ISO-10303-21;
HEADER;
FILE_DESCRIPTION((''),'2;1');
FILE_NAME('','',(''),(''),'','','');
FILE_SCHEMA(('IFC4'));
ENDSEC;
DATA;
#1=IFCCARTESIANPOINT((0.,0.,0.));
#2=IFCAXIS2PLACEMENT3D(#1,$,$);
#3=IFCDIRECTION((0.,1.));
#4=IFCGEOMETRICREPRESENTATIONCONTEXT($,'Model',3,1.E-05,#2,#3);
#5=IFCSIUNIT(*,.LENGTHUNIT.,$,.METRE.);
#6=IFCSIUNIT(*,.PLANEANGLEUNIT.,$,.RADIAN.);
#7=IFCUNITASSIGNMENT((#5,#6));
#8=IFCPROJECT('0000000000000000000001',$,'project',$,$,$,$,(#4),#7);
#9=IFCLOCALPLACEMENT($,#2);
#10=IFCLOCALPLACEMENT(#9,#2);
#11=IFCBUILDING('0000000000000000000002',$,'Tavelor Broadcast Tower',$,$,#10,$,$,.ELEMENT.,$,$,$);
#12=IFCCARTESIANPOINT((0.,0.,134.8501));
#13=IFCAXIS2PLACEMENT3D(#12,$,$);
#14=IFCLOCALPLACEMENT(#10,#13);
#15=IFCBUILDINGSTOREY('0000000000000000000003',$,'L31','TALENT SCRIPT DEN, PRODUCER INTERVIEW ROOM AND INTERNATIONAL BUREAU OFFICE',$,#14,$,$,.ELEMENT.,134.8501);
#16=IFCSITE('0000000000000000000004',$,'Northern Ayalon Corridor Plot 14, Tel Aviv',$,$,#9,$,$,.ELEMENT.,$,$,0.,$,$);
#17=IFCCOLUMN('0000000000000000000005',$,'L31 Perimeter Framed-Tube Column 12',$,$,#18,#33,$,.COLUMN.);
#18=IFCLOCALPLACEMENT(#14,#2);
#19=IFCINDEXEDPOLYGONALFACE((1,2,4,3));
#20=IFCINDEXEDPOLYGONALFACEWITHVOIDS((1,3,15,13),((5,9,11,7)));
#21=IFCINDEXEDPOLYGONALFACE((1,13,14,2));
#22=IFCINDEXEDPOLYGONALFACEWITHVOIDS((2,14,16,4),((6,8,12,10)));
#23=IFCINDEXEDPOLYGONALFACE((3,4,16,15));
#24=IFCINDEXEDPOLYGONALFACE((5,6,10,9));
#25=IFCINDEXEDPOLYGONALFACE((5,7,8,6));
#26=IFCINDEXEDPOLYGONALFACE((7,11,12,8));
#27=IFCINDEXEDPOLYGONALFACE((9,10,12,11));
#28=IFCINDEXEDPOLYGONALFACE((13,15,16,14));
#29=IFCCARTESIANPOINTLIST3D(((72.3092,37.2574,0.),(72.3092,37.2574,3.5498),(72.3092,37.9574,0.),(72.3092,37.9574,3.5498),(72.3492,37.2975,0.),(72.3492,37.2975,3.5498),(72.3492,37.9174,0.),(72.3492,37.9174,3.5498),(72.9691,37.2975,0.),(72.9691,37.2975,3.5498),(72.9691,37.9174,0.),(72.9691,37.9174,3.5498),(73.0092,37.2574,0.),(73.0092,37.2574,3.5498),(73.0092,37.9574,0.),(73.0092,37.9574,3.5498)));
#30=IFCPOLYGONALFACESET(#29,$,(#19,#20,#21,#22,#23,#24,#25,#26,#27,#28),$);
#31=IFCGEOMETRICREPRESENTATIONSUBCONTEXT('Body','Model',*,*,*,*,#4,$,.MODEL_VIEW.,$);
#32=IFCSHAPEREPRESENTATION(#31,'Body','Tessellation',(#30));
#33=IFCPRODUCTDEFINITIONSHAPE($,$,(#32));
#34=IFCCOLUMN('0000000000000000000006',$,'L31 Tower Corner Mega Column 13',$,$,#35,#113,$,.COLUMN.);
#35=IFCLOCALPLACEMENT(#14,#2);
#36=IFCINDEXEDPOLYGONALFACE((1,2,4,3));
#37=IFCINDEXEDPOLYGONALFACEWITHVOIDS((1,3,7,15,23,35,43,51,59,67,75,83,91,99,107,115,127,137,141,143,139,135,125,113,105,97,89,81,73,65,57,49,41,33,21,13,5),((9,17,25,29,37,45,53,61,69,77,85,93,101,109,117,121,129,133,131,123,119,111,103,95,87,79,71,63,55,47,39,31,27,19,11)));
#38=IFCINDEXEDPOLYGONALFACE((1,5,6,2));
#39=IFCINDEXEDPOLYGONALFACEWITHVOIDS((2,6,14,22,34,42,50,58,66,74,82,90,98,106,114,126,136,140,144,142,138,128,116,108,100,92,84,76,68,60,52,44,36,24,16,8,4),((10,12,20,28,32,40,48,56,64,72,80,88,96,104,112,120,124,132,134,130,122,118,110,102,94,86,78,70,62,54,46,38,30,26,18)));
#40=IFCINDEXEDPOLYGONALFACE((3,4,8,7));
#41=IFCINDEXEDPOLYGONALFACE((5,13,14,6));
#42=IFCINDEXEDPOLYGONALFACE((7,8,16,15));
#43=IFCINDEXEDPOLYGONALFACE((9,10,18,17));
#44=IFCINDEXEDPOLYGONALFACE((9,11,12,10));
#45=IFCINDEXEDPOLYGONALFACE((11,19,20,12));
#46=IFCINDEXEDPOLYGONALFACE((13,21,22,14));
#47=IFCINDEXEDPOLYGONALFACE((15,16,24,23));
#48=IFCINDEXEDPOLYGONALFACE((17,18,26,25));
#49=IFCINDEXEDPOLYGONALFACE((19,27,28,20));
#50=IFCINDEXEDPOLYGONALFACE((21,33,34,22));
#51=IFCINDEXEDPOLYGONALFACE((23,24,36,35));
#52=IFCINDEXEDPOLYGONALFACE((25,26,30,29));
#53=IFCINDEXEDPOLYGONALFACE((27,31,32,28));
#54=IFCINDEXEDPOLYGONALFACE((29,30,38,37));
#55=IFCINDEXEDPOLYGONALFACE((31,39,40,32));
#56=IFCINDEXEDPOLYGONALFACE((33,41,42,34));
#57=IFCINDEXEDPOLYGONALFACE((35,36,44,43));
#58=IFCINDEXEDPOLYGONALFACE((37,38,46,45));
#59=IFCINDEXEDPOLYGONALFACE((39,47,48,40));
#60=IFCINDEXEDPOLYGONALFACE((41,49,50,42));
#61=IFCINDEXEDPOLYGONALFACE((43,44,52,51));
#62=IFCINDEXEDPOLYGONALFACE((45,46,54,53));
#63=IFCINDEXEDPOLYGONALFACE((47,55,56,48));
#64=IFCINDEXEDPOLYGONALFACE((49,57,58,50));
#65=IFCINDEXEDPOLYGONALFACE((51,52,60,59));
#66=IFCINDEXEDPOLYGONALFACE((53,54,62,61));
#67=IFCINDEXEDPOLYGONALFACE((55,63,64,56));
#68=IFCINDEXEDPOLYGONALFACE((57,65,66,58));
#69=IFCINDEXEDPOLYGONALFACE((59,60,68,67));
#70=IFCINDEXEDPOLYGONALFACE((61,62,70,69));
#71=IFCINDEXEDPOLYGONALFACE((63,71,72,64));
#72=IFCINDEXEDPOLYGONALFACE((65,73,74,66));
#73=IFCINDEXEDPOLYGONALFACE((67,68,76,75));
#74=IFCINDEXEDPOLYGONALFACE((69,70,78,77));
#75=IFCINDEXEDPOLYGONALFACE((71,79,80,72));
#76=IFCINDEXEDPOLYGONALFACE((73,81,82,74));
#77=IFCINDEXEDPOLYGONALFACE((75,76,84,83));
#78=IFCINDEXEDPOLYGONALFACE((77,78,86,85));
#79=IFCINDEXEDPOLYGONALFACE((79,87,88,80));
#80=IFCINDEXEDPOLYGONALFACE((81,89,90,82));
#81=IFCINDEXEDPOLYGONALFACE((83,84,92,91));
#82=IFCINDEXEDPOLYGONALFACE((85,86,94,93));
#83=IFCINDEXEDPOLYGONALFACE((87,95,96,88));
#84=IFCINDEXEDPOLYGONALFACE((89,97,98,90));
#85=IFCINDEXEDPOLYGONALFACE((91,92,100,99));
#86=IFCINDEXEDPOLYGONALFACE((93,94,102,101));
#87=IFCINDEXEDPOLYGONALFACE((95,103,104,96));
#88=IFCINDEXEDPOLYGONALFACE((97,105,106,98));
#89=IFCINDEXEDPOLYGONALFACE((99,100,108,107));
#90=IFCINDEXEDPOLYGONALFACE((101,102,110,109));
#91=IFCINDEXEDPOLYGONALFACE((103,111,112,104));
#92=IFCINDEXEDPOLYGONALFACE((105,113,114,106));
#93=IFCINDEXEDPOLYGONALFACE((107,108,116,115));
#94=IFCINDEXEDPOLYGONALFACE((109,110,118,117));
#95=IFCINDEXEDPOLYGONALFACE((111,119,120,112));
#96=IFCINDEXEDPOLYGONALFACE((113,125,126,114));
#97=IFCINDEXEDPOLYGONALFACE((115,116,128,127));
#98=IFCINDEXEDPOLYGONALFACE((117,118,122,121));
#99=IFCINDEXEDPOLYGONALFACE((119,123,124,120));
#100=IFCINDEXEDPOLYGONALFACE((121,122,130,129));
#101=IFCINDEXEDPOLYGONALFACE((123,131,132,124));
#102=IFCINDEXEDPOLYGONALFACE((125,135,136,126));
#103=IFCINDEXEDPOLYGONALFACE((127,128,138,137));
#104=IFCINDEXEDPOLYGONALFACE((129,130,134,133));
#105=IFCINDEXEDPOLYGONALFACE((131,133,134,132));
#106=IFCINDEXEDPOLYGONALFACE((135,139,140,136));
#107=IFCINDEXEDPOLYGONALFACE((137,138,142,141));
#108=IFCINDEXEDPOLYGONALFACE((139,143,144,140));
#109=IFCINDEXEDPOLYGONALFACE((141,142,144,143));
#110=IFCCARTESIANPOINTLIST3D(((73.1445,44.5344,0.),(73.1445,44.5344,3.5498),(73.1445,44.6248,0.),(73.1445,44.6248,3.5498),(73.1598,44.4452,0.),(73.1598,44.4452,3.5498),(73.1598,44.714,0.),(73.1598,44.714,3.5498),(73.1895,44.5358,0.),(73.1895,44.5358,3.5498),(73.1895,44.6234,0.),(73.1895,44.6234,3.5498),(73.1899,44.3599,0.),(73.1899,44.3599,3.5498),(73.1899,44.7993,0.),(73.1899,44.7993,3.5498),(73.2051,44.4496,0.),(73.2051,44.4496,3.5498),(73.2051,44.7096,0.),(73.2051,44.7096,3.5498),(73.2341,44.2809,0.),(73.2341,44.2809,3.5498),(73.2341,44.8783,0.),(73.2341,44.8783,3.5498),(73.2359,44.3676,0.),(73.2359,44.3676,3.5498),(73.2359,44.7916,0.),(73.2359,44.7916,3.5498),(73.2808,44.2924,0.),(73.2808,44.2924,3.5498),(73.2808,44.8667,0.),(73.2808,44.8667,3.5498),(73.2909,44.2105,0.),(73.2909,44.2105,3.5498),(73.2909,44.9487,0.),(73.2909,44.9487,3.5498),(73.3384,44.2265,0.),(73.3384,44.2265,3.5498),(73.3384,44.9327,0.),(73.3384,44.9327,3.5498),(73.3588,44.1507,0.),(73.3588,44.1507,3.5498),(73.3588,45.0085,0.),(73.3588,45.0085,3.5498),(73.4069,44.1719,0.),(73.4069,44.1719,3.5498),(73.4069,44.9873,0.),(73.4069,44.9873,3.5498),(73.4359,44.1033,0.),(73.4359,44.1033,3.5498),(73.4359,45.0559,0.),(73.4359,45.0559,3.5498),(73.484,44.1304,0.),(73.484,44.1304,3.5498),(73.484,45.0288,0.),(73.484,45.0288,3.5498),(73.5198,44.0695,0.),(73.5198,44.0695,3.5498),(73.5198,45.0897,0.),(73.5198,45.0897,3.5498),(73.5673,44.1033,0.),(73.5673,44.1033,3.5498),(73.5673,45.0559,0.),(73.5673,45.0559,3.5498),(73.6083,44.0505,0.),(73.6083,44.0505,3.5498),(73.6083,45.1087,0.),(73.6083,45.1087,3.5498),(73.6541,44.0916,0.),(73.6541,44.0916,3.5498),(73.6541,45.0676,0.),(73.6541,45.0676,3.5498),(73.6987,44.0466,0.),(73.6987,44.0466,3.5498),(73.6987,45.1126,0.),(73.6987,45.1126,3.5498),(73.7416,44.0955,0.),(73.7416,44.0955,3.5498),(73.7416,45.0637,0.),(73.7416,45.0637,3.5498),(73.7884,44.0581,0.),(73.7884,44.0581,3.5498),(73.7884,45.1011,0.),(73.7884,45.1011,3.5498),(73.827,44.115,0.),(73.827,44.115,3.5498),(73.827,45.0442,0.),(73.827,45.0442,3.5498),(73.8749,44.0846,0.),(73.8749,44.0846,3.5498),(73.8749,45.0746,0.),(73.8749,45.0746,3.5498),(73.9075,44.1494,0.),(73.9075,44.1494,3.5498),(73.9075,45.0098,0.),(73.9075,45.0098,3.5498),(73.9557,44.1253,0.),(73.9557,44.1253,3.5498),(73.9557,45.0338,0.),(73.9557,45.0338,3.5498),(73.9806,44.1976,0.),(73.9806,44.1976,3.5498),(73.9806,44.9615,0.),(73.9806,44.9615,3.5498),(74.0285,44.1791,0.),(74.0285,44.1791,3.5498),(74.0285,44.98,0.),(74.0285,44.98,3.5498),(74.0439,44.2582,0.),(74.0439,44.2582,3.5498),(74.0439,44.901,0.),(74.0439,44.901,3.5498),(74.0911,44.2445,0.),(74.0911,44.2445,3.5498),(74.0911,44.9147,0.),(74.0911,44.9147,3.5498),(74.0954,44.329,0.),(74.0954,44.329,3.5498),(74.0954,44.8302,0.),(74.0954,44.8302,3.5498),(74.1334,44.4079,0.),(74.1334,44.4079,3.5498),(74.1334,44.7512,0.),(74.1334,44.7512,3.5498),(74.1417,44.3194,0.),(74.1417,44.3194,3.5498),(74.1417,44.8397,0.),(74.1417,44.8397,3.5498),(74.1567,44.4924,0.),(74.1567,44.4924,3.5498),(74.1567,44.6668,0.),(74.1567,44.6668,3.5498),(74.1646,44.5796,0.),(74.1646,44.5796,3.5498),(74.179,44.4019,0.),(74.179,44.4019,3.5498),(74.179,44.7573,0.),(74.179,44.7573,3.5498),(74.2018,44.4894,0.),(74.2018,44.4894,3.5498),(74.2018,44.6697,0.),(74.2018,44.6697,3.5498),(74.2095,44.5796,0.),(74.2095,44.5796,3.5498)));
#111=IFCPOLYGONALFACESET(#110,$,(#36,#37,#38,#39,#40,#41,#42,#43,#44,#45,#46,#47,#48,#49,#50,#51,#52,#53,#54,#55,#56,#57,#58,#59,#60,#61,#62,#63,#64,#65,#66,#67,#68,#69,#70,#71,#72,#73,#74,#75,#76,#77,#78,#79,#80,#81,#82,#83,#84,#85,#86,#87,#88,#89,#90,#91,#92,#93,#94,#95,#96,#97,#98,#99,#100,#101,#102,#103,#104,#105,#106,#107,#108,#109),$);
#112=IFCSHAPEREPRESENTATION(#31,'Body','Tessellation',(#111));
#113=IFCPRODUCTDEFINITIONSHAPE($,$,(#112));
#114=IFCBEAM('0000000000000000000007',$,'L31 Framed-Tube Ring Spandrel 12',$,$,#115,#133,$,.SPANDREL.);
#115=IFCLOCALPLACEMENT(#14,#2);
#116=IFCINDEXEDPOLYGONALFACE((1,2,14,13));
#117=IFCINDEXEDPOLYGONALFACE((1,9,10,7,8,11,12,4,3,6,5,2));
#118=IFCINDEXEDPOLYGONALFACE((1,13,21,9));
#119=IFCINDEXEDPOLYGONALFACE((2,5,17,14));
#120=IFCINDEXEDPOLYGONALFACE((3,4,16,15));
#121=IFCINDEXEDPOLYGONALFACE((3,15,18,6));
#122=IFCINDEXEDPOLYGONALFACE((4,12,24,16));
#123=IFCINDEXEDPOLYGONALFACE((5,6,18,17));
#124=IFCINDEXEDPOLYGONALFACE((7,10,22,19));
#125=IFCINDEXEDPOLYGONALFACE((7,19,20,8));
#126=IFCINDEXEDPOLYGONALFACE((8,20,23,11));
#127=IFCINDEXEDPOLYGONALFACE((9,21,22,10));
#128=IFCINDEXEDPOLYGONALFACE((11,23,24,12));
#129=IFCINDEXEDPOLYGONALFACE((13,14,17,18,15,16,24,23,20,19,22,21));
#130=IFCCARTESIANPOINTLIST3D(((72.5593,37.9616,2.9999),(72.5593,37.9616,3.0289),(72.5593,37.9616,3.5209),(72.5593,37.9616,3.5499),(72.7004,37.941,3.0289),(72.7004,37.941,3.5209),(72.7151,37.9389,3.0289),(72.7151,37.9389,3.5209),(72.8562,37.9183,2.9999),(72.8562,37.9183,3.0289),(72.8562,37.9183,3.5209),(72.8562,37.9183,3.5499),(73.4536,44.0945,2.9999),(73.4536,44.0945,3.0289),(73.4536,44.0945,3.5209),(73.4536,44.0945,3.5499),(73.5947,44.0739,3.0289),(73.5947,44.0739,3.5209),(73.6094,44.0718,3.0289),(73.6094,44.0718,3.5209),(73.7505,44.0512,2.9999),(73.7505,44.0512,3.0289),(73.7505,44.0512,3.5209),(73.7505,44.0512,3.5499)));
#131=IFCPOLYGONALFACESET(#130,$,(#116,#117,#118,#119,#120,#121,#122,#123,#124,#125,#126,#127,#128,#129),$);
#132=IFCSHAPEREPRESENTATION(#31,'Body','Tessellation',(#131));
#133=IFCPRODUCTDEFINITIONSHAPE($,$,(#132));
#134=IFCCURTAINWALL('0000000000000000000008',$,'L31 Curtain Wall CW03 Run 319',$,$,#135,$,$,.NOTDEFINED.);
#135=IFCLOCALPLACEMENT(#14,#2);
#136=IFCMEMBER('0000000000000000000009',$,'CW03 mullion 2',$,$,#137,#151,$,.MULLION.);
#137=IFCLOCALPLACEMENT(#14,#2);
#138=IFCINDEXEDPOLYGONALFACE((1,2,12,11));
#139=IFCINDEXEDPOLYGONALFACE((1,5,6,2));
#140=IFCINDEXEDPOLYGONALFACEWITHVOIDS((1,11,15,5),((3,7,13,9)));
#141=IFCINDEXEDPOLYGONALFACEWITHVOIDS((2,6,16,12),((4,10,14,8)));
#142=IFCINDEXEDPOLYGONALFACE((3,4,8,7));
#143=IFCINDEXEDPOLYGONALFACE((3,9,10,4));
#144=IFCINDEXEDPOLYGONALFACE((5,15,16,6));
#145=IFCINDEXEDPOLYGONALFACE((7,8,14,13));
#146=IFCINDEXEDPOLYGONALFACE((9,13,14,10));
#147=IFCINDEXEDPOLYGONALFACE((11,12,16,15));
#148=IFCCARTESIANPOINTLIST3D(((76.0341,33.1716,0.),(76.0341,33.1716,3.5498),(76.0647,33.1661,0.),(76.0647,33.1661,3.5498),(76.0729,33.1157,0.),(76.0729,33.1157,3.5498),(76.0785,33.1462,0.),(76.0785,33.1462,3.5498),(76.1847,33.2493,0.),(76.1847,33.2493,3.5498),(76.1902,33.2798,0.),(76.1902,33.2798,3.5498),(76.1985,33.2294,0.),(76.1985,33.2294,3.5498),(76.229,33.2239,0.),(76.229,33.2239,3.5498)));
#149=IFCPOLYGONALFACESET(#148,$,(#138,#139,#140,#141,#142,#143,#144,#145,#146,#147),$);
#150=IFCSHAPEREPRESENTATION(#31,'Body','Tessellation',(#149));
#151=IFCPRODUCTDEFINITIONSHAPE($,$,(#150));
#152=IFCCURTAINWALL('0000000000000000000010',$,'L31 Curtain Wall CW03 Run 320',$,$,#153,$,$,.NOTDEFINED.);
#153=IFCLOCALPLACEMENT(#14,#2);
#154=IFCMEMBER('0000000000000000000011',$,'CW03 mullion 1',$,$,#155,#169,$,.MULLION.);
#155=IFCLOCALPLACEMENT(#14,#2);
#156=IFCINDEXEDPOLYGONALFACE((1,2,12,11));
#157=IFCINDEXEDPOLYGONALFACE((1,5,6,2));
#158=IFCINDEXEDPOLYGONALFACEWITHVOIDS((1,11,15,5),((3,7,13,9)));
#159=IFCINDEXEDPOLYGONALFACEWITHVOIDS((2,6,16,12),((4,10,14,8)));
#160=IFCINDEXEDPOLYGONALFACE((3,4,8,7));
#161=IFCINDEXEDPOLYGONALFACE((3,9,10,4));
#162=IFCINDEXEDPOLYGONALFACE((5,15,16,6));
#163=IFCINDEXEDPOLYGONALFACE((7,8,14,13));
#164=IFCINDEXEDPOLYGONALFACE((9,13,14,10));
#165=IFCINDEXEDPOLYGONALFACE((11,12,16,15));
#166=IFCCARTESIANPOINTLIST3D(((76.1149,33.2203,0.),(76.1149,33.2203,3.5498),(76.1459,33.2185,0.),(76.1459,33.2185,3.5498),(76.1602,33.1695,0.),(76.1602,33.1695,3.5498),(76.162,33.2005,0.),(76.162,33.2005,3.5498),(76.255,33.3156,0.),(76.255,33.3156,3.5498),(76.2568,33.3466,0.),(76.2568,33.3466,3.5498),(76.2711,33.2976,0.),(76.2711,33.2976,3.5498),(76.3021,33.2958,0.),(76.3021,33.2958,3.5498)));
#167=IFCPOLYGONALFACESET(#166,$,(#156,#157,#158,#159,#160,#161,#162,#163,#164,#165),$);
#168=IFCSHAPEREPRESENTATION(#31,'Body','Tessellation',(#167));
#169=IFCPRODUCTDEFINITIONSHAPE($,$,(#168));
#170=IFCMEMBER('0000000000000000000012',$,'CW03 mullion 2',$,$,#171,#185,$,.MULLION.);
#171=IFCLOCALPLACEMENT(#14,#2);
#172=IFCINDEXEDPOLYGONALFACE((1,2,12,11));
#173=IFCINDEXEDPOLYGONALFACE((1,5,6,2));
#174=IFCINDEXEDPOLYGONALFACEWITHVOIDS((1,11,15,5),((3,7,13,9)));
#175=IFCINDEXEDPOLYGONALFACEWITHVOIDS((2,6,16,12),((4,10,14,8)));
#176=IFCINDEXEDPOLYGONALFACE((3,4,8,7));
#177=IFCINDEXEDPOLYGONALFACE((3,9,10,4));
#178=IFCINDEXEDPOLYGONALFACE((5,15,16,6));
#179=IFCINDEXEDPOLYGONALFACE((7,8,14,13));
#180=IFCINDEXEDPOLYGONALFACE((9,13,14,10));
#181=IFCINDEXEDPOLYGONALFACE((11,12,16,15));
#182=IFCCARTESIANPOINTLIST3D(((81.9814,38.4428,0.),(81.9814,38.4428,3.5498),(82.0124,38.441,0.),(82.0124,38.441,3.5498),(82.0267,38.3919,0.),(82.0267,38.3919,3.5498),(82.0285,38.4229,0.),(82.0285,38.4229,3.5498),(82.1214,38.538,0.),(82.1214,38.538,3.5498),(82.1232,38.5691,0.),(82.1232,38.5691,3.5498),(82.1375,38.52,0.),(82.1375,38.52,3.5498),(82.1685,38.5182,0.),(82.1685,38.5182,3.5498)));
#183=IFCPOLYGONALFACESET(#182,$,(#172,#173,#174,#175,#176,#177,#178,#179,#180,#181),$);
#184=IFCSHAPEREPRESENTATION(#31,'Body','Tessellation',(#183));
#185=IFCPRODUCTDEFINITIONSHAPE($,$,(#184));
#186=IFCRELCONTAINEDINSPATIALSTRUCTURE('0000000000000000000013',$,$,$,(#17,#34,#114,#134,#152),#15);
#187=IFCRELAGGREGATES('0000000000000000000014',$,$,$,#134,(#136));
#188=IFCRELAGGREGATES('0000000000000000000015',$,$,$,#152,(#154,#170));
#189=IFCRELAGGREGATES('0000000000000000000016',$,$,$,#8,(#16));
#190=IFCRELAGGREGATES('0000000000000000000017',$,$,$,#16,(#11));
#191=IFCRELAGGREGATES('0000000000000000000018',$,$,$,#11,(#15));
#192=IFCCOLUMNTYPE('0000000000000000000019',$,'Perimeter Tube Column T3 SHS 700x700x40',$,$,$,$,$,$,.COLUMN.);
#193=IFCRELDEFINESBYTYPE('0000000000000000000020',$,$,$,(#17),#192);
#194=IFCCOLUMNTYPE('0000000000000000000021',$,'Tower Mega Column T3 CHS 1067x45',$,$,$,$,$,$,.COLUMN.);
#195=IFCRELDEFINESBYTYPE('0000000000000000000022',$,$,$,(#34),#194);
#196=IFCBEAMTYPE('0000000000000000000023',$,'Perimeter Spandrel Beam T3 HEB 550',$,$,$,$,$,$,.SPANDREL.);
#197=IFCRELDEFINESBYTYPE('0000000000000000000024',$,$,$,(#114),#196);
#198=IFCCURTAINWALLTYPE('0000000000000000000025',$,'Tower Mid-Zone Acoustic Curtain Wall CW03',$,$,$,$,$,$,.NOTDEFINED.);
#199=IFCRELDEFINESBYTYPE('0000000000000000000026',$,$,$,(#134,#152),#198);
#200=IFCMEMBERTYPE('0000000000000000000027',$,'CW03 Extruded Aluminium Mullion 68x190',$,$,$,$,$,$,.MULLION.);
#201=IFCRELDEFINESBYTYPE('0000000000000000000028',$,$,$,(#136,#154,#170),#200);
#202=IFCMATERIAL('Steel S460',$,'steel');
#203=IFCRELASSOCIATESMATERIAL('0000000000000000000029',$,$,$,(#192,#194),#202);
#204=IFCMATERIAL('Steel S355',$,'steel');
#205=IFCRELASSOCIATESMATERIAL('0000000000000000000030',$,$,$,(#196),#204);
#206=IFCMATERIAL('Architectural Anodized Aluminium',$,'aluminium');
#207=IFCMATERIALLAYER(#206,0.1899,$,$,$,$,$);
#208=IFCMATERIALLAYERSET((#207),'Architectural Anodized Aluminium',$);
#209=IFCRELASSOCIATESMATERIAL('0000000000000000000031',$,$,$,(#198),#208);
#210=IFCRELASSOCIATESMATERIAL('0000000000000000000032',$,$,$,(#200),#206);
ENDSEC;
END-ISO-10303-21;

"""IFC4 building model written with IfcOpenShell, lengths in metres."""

from ifc_helpers import new_model, si_unit, direction, frame, origin, origin_2d, place, context, subcontext, project, spatial, hollow_rectangle, hollow_circle, i_section, extrude, source, transform, mapped, material, layer, layer_set, material_profile, profile_set, type_object, type_shapes, element, aggregate, save


model = new_model("IFC4")

# Units and contexts
model_context = context("Model", 3, precision=1e-05, world=origin(), true_north=direction((0.0, 1.0)))
body_context = subcontext(model_context, "Body", "Model", "MODEL_VIEW")
ifc_project = project(units=[si_unit("LENGTHUNIT", "METRE"), si_unit("PLANEANGLEUNIT", "RADIAN")], contexts=[model_context])

# Site, building, storey
site_placement = place(None, origin())
site = spatial("IfcSite", under=ifc_project, at=site_placement, Name="Northern Ayalon Corridor Plot 14, Tel Aviv", CompositionType="ELEMENT", RefElevation=0.0)
building_placement = place(site_placement, origin())
building = spatial("IfcBuilding", under=site, at=building_placement, Name="Tavelor Broadcast Tower", CompositionType="ELEMENT")
storey_placement = place(building_placement, frame((0.0, 0.0, 134.8501)))
storey = spatial("IfcBuildingStorey", under=building, at=storey_placement, Name="L31", Description="TALENT SCRIPT DEN, PRODUCER INTERVIEW ROOM AND INTERNATIONAL BUREAU OFFICE", CompositionType="ELEMENT", Elevation=134.8501)

# Columns
ifc_material_1 = material(Name="Steel S460", Category="steel")
ifc_material_profile_1 = material_profile(ifc_material_1, hollow_rectangle(XDim=0.7, YDim=0.7, WallThickness=0.04, at=origin_2d()), Name="SHS 700x700x40")
ifc_profile_set_1 = profile_set([ifc_material_profile_1], Name="Steel S460")
column_type_1 = type_object("IfcColumnType", Name="Perimeter Tube Column T3 SHS 700x700x40", PredefinedType="COLUMN", material=ifc_profile_set_1)
column_1_placement = place(storey_placement, frame((72.6592, 37.6074, 0.0), z_axis=(0.0, 0.0, 1.0), x_axis=(1.0, 0.0, 0.0)))
element("IfcColumn", 1, at=column_1_placement, inside=storey, type_object=column_type_1, Name="L31 Perimeter Framed-Tube Column 12", PredefinedType="COLUMN", context=body_context, shape_type="SweptSolid", body=[
    extrude(hollow_rectangle(XDim=0.7, YDim=0.7, WallThickness=0.04, at=origin_2d()), origin(), (0.0, 0.0, 1.0), 3.5498),
])
ifc_material_profile_2 = material_profile(ifc_material_1, hollow_circle(Radius=0.5334, WallThickness=0.0449, at=origin_2d()), Name="CHS 1067x45")
ifc_profile_set_2 = profile_set([ifc_material_profile_2], Name="Steel S460")
column_type_2 = type_object("IfcColumnType", Name="Tower Mega Column T3 CHS 1067x45", PredefinedType="COLUMN", material=ifc_profile_set_2)
column_2_placement = place(storey_placement, frame((73.676, 44.5796, 0.0), z_axis=(0.0, 0.0, 1.0), x_axis=(1.0, 0.0, 0.0)))
element("IfcColumn", 2, at=column_2_placement, inside=storey, type_object=column_type_2, Name="L31 Tower Corner Mega Column 13", PredefinedType="COLUMN", context=body_context, shape_type="SweptSolid", body=[
    extrude(hollow_circle(Radius=0.5334, WallThickness=0.0449, at=origin_2d()), origin(), (0.0, 0.0, 1.0), 3.5498),
])

# Beam
ifc_material_2 = material(Name="Steel S355", Category="steel")
ifc_material_profile_3 = material_profile(ifc_material_2, i_section(OverallWidth=0.3, OverallDepth=0.55, WebThickness=0.0149, FlangeThickness=0.0291, at=origin_2d()), Name="HEB 550")
ifc_profile_set_3 = profile_set([ifc_material_profile_3], Name="Steel S355")
beam_type = type_object("IfcBeamType", Name="Perimeter Spandrel Beam T3 HEB 550", PredefinedType="SPANDREL", material=ifc_profile_set_3)
beam_placement = place(storey_placement, frame((72.7078, 37.9399, 3.2749), z_axis=(0.144294, 0.989535, 0.0), x_axis=(-0.989535, 0.144294, 0.0)))
element("IfcBeam", 3, at=beam_placement, inside=storey, type_object=beam_type, Name="L31 Framed-Tube Ring Spandrel 12", PredefinedType="SPANDREL", context=body_context, shape_type="SweptSolid", body=[
    extrude(i_section(OverallWidth=0.3, OverallDepth=0.55, WebThickness=0.0149, FlangeThickness=0.0291, at=origin_2d()), origin(), (0.0, 0.0, 1.0), 6.1978),
])

# Curtain wall, member
ifc_material_3 = material(Name="Architectural Anodized Aluminium", Category="aluminium")
ifc_layer_1 = layer(ifc_material_3, 0.1899)
ifc_layer_set_1 = layer_set([ifc_layer_1], Name="Architectural Anodized Aluminium")
curtain_wall_type = type_object("IfcCurtainWallType", Name="Tower Mid-Zone Acoustic Curtain Wall CW03", PredefinedType="NOTDEFINED", material=ifc_layer_set_1)
curtain_wall_1_placement = place(storey_placement, origin())
curtain_wall_1 = element("IfcCurtainWall", 4, at=curtain_wall_1_placement, inside=storey, type_object=curtain_wall_type, Name="L31 Curtain Wall CW03 Run 319", PredefinedType="NOTDEFINED")
ifc_material_profile_4 = material_profile(ifc_material_3, hollow_rectangle(XDim=0.0681, YDim=0.1899, WallThickness=0.022, at=origin_2d()), Name="RHS 68x190x22")
ifc_profile_set_4 = profile_set([ifc_material_profile_4], Name="Architectural Anodized Aluminium")
member_type_1 = type_object("IfcMemberType", Name="CW03 Extruded Aluminium Mullion 68x190", PredefinedType="MULLION", material=ifc_profile_set_4)
shared_shape_1 = source(origin(), body_context, "Body", "SweptSolid", [
    extrude(hollow_rectangle(XDim=0.0681, YDim=0.1899, WallThickness=0.022, at=origin_2d()), origin(), (0.0, 0.0, 1.0), 3.5498),
])
type_shapes(member_type_1, [shared_shape_1])
member_1_placement = place(storey_placement, frame((76.1316, 33.1978, 0.0), z_axis=(0.0, 0.0, 1.0), x_axis=(-0.569651, 0.821887, 0.0)))
member_1 = element("IfcMember", 5, at=member_1_placement, type_object=member_type_1, Name="CW03 mullion 2", PredefinedType="MULLION", context=body_context, shape_type="MappedRepresentation", body=[
    mapped(shared_shape_1, transform((0.0, 0.0, 0.0), scale=1.0)),
])

# Curtain wall, members
curtain_wall_2_placement = place(storey_placement, origin())
curtain_wall_2 = element("IfcCurtainWall", 6, at=curtain_wall_2_placement, inside=storey, type_object=curtain_wall_type, Name="L31 Curtain Wall CW03 Run 320", PredefinedType="NOTDEFINED")
member_2_placement = place(storey_placement, frame((76.2085, 33.2581, 0.0), z_axis=(0.0, 0.0, 1.0), x_axis=(-0.664911, 0.746922, 0.0)))
member_2 = element("IfcMember", 7, at=member_2_placement, type_object=member_type_1, Name="CW03 mullion 1", PredefinedType="MULLION", context=body_context, shape_type="MappedRepresentation", body=[
    mapped(shared_shape_1, transform((0.0, 0.0, 0.0), scale=1.0)),
])
member_3_placement = place(storey_placement, frame((82.075, 38.4805, 0.0), z_axis=(0.0, 0.0, 1.0), x_axis=(-0.664911, 0.746922, 0.0)))
member_3 = element("IfcMember", 8, at=member_3_placement, type_object=member_type_1, Name="CW03 mullion 2", PredefinedType="MULLION", context=body_context, shape_type="MappedRepresentation", body=[
    mapped(shared_shape_1, transform((0.0, 0.0, 0.0), scale=1.0)),
])

aggregate(curtain_wall_1, [member_1])
aggregate(curtain_wall_2, [member_2, member_3])

save(model, "model.ifc")
